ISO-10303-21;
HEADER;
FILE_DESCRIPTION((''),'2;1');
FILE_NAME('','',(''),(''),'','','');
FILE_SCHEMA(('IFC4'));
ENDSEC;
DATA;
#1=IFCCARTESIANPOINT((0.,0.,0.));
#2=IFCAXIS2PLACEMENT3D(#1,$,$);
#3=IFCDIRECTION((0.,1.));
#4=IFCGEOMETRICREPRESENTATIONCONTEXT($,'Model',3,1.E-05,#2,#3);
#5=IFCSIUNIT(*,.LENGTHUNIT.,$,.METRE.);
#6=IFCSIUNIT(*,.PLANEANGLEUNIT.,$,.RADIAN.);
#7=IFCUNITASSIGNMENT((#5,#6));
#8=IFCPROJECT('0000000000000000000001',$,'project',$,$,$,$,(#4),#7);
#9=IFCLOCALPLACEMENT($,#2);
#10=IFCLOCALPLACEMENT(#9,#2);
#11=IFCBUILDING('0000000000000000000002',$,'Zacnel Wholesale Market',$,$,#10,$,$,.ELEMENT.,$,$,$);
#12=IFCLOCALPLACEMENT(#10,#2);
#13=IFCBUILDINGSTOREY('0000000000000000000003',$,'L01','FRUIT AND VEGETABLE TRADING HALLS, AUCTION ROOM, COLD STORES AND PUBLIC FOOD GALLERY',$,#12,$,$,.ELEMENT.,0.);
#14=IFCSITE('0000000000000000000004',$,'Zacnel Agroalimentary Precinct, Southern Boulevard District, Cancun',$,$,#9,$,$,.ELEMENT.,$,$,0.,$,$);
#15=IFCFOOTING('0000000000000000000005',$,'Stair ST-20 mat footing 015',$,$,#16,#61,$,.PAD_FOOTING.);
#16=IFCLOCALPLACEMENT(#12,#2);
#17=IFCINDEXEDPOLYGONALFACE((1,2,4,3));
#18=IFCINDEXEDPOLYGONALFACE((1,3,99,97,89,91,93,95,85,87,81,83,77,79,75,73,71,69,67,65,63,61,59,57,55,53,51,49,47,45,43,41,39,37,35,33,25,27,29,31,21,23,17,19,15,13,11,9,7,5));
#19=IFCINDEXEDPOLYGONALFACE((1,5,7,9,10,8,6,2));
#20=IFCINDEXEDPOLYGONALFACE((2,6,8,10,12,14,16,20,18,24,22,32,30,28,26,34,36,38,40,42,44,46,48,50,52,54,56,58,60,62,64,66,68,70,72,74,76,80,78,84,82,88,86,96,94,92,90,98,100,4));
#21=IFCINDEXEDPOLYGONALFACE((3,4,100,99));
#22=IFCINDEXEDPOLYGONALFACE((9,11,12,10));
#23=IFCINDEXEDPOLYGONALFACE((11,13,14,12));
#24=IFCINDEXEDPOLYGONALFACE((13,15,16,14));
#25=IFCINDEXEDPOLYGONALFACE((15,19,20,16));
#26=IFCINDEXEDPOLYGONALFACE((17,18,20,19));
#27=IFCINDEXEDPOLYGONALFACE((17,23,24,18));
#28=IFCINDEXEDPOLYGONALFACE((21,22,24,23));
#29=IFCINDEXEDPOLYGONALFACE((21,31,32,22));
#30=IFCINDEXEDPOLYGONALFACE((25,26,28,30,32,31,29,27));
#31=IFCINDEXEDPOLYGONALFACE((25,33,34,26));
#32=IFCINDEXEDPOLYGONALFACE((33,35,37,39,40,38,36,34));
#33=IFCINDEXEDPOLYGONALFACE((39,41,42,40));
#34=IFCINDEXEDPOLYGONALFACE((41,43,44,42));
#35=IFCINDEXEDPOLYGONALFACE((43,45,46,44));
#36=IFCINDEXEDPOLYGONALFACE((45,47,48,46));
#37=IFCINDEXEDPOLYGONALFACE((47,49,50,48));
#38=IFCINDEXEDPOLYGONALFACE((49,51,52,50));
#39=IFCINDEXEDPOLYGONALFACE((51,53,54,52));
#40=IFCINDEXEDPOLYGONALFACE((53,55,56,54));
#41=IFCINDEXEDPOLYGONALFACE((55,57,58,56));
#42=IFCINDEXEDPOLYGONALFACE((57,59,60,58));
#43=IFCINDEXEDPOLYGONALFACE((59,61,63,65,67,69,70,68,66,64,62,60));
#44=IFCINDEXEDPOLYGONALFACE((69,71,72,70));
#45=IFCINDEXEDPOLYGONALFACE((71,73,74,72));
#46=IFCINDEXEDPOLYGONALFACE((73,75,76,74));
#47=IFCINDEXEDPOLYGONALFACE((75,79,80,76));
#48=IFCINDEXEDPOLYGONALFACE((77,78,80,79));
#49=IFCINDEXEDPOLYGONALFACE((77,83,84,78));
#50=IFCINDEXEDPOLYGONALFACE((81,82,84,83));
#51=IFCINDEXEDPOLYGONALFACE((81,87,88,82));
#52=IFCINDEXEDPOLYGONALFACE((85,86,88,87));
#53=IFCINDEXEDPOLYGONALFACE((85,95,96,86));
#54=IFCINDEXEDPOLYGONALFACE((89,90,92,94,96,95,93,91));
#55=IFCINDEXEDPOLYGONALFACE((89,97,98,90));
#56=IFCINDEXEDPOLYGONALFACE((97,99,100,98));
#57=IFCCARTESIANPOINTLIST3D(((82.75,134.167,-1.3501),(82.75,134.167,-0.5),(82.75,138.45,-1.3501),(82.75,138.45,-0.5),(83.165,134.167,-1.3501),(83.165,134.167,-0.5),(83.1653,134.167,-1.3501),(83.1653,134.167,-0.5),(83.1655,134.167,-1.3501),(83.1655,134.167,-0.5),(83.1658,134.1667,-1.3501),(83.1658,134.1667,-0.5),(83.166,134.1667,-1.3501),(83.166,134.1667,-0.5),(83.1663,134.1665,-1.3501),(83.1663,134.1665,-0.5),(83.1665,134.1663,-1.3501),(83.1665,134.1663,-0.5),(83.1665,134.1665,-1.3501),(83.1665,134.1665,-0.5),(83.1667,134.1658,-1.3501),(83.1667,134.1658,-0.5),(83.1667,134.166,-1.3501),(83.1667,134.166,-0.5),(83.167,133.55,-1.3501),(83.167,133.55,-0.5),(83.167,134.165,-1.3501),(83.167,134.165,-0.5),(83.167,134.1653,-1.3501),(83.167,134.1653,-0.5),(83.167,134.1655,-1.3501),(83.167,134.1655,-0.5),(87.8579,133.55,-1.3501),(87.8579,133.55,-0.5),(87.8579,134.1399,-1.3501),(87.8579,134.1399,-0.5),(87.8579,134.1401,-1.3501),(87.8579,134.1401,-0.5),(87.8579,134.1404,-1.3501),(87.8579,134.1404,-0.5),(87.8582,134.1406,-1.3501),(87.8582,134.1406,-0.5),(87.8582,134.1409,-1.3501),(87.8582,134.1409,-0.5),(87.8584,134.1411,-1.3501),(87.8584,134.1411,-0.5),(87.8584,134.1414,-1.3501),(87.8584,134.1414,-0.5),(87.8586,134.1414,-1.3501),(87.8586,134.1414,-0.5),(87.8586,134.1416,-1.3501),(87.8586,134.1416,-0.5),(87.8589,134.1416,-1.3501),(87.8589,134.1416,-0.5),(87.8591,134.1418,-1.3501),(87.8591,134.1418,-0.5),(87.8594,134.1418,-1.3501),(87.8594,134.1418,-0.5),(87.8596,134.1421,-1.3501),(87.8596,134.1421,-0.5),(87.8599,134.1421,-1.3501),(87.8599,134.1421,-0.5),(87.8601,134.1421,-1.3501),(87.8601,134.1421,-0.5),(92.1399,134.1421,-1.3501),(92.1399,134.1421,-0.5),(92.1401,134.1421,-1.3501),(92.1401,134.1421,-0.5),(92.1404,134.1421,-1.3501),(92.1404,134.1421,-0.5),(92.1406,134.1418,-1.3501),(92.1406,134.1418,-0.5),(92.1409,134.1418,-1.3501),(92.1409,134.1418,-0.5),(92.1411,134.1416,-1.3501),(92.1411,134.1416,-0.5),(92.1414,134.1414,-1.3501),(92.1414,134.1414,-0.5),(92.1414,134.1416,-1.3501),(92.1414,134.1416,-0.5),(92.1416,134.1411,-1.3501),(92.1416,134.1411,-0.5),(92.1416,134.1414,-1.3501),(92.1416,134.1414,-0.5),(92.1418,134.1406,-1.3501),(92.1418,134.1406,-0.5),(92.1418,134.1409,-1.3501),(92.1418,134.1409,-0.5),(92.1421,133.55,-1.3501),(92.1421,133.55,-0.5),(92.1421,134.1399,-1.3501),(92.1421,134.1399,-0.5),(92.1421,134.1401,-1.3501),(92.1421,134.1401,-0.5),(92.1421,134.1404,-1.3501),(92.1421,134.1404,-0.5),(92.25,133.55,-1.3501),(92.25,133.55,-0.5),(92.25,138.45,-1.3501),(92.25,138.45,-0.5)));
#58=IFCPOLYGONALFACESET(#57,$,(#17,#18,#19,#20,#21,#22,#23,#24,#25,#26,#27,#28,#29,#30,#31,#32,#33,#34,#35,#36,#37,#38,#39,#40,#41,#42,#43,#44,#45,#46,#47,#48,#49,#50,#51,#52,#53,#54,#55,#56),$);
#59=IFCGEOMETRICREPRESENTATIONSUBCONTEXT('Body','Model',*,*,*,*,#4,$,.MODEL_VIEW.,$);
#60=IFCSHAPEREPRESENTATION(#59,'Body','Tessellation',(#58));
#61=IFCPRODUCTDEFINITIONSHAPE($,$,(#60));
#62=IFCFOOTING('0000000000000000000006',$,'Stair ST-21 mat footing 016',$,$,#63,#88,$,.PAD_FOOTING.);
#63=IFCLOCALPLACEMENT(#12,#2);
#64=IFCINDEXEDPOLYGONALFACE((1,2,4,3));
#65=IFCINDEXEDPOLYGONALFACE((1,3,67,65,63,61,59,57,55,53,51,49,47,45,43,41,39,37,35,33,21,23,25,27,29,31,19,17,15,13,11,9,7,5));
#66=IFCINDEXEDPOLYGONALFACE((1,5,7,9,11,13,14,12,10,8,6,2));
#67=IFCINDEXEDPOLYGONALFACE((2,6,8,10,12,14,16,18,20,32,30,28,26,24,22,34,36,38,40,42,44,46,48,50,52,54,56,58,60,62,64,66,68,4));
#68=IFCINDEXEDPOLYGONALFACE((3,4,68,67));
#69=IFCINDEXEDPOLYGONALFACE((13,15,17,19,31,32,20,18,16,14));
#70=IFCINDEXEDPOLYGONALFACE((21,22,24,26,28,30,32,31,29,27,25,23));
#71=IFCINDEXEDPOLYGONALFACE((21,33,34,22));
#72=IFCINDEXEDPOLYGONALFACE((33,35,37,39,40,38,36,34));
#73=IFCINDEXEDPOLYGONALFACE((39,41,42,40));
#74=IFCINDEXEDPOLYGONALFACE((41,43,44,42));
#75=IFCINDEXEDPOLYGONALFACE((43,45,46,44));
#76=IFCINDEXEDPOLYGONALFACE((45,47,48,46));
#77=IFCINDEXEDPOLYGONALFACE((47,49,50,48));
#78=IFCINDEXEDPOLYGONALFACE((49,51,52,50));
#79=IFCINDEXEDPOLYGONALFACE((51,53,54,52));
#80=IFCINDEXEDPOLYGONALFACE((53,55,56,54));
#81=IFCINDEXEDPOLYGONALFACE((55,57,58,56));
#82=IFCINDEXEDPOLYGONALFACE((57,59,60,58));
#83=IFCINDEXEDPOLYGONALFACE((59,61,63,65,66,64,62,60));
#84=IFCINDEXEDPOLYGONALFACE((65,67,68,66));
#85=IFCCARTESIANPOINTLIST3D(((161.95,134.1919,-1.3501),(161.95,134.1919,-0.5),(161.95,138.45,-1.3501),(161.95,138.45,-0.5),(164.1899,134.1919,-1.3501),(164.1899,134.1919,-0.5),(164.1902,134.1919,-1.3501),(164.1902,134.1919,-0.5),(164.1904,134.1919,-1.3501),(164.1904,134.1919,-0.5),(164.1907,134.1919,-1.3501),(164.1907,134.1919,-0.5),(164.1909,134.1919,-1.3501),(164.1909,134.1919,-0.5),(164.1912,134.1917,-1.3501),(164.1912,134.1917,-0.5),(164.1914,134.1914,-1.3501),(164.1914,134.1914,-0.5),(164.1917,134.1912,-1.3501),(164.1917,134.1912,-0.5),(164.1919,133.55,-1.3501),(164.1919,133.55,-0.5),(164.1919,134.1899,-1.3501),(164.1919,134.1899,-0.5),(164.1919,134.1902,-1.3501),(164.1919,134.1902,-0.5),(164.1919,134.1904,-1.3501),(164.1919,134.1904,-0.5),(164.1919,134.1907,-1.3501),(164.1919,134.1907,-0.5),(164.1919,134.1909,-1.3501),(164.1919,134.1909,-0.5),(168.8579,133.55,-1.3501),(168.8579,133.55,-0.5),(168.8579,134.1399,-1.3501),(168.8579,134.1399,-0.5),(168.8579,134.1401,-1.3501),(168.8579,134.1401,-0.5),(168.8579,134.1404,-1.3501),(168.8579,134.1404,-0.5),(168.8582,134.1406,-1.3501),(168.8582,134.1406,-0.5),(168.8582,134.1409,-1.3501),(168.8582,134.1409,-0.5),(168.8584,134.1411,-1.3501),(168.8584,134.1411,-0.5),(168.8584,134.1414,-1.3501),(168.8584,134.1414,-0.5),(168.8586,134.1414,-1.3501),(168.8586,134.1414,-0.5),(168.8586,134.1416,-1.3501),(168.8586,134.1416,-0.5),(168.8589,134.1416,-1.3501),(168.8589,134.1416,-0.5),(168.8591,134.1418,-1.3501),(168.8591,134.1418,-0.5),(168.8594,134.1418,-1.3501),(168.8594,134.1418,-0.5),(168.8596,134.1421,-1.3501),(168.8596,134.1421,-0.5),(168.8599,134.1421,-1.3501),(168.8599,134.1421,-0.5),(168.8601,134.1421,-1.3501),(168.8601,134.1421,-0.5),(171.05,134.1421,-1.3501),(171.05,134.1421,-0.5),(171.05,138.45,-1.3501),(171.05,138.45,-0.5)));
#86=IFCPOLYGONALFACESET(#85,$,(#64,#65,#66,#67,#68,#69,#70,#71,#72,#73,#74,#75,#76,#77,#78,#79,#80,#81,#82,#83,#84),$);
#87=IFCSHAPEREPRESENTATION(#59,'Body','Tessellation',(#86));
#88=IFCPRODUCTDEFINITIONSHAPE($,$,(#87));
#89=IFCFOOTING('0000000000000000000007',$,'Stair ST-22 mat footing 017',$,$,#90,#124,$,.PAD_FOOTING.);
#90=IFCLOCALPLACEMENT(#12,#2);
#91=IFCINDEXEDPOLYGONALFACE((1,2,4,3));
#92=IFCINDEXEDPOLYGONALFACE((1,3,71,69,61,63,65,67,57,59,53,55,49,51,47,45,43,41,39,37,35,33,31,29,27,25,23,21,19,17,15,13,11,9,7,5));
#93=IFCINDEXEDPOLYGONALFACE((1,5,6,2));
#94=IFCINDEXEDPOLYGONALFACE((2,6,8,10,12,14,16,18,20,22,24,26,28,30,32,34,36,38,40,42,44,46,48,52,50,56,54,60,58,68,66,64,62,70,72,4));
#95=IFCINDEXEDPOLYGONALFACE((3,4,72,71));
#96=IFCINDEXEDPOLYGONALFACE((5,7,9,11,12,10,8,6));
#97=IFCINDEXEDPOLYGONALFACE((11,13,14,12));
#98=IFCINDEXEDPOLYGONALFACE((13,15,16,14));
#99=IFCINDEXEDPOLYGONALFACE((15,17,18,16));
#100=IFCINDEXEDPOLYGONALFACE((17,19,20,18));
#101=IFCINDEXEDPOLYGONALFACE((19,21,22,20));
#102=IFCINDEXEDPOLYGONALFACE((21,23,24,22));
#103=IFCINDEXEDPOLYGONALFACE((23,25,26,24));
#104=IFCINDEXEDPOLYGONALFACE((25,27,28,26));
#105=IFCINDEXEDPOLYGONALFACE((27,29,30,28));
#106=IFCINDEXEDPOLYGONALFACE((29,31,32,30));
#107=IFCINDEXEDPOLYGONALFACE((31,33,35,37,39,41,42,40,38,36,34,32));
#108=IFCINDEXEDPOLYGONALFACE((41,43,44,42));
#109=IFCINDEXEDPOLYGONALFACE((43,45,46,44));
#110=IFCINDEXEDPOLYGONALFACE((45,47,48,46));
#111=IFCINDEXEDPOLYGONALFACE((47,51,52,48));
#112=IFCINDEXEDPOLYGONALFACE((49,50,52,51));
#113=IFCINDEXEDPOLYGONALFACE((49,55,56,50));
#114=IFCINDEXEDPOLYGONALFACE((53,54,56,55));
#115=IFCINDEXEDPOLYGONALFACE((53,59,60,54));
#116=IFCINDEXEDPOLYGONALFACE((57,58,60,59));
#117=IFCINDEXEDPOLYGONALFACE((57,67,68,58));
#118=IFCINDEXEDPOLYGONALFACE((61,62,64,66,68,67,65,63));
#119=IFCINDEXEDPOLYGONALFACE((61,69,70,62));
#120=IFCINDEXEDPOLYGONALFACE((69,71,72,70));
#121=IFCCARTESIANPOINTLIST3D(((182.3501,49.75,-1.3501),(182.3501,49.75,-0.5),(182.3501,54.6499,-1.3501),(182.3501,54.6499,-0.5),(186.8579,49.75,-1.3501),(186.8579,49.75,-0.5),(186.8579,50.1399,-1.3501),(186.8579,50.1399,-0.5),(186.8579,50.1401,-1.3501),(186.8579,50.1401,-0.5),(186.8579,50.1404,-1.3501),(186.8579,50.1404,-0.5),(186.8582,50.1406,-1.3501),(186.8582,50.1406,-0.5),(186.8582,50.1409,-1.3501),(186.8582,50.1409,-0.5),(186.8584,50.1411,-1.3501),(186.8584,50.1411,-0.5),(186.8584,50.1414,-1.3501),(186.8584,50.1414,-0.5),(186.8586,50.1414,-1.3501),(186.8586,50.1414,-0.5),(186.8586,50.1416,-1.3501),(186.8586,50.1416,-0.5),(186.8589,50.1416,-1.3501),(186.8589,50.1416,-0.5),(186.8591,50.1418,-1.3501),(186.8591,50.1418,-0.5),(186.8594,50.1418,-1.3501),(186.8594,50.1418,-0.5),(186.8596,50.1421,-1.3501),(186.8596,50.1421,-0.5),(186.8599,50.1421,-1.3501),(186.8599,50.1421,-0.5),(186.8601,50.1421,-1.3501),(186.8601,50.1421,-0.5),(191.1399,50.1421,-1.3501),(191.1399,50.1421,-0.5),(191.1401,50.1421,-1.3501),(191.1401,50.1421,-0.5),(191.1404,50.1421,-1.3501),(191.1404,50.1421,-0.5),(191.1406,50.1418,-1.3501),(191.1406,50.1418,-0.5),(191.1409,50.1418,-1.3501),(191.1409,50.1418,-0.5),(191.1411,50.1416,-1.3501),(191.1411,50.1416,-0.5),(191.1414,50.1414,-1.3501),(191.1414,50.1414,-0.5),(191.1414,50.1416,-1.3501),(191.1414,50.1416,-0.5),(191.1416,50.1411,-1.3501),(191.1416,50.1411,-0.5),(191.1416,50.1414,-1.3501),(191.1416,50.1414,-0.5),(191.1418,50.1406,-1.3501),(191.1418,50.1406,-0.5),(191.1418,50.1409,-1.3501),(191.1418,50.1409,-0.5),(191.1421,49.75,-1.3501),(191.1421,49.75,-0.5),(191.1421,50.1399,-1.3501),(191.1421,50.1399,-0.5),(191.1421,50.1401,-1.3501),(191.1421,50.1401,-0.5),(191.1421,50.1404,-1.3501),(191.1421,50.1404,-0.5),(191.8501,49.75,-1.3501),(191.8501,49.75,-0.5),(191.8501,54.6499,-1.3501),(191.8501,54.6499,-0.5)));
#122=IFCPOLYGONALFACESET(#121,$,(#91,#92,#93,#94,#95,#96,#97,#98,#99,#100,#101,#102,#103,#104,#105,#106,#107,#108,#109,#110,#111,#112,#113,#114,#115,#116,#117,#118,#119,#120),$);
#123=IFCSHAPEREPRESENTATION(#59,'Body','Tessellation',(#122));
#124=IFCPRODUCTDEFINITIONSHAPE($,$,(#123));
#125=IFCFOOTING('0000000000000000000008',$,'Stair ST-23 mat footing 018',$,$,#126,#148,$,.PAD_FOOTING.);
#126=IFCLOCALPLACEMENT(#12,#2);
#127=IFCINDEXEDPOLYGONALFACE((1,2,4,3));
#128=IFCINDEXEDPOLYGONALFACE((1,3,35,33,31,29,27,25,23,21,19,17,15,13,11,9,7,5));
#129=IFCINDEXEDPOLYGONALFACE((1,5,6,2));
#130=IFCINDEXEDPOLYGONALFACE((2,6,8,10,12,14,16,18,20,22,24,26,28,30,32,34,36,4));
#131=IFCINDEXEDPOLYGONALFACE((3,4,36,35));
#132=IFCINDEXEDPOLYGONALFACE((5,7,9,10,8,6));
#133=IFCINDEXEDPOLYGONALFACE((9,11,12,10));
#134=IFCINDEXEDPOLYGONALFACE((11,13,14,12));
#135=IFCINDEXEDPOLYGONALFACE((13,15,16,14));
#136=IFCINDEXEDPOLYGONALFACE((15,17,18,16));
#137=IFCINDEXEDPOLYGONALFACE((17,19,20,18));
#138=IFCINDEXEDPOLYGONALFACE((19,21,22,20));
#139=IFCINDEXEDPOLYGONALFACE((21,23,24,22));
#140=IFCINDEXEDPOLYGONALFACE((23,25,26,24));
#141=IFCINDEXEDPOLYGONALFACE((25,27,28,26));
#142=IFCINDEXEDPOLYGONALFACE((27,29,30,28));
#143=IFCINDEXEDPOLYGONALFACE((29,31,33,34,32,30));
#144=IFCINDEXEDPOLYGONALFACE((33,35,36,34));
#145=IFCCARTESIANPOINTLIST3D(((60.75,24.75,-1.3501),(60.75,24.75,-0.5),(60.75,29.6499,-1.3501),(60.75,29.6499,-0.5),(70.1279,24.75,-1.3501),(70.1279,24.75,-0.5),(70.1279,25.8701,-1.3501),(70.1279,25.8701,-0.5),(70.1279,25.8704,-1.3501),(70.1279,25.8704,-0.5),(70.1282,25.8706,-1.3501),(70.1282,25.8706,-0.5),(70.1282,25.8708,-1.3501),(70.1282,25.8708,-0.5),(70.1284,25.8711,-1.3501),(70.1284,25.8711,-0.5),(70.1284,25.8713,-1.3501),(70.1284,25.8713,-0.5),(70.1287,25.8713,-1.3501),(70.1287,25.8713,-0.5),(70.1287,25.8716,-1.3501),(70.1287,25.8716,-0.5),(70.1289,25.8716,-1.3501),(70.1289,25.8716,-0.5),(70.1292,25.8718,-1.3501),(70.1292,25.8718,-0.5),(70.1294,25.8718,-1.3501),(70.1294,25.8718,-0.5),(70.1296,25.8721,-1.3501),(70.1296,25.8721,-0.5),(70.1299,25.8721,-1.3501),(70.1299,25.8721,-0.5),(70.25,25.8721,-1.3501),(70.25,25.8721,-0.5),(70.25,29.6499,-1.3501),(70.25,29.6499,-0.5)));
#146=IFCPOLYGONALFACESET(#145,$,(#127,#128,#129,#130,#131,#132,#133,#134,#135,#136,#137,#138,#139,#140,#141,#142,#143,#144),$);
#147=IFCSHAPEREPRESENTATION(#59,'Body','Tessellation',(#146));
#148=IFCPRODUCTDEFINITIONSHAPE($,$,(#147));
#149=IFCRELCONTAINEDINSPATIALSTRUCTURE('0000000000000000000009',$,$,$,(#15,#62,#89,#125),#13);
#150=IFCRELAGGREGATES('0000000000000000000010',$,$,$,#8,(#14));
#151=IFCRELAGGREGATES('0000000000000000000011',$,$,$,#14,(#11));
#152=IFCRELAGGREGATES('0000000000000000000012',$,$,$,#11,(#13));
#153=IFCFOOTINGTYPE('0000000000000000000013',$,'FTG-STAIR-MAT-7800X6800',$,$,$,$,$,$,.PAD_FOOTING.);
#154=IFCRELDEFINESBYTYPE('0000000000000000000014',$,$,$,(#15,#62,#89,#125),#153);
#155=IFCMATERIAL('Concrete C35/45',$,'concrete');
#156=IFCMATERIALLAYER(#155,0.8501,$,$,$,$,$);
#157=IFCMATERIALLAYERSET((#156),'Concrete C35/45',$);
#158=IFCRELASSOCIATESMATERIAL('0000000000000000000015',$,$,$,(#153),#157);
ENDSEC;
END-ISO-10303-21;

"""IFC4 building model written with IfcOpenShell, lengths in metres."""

from ifc_helpers import new_model, si_unit, direction, frame, origin, place, context, subcontext, project, spatial, polyline, outline, extrude, material, layer, layer_set, type_object, element, save


model = new_model("IFC4")

# Units and contexts
model_context = context("Model", 3, precision=1e-05, world=origin(), true_north=direction((0.0, 1.0)))
body_context = subcontext(model_context, "Body", "Model", "MODEL_VIEW")
ifc_project = project(units=[si_unit("LENGTHUNIT", "METRE"), si_unit("PLANEANGLEUNIT", "RADIAN")], contexts=[model_context])

# Site, building, storey
site_placement = place(None, origin())
site = spatial("IfcSite", under=ifc_project, at=site_placement, Name="Zacnel Agroalimentary Precinct, Southern Boulevard District, Cancun", CompositionType="ELEMENT", RefElevation=0.0)
building_placement = place(site_placement, origin())
building = spatial("IfcBuilding", under=site, at=building_placement, Name="Zacnel Wholesale Market", CompositionType="ELEMENT")
storey_placement = place(building_placement, origin())
storey = spatial("IfcBuildingStorey", under=building, at=storey_placement, Name="L01", Description="FRUIT AND VEGETABLE TRADING HALLS, AUCTION ROOM, COLD STORES AND PUBLIC FOOD GALLERY", CompositionType="ELEMENT", Elevation=0.0)

# Footings
ifc_material_1 = material(Name="Concrete C35/45", Category="concrete")
ifc_layer_1 = layer(ifc_material_1, 0.8501)
ifc_layer_set_1 = layer_set([ifc_layer_1], Name="Concrete C35/45")
footing_type_1 = type_object("IfcFootingType", Name="FTG-STAIR-MAT-7800X6800", PredefinedType="PAD_FOOTING", material=ifc_layer_set_1)
footing_1_placement = place(storey_placement, frame((0.0, 0.0, -1.3501)))
element("IfcFooting", 1, at=footing_1_placement, inside=storey, type_object=footing_type_1, Name="Stair ST-20 mat footing 015", PredefinedType="PAD_FOOTING", context=body_context, shape_type="SweptSolid", body=[
    extrude(outline(polyline([(92.25, 138.45), (92.25, 133.55), (92.1421, 133.55), (92.1421, 134.1399), (92.1421, 134.1401), (92.1421, 134.1404), (92.1418, 134.1406), (92.1418, 134.1409), (92.1418, 134.1409), (92.1416, 134.1411), (92.1416, 134.1414), (92.1414, 134.1414), (92.1414, 134.1416), (92.1411, 134.1416), (92.1409, 134.1418), (92.1409, 134.1418), (92.1406, 134.1418), (92.1404, 134.1421), (92.1401, 134.1421), (92.1399, 134.1421), (87.8601, 134.1421), (87.8599, 134.1421), (87.8596, 134.1421), (87.8594, 134.1418), (87.8591, 134.1418), (87.8591, 134.1418), (87.8589, 134.1416), (87.8586, 134.1416), (87.8586, 134.1414), (87.8584, 134.1414), (87.8584, 134.1411), (87.8582, 134.1409), (87.8582, 134.1409), (87.8582, 134.1406), (87.8579, 134.1404), (87.8579, 134.1401), (87.8579, 134.1399), (87.8579, 133.55), (83.167, 133.55), (83.167, 134.165), (83.167, 134.1653), (83.167, 134.1653), (83.167, 134.1655), (83.1667, 134.1658), (83.1667, 134.166), (83.1667, 134.166), (83.1665, 134.1663), (83.1665, 134.1665), (83.1663, 134.1665), (83.166, 134.1667), (83.166, 134.1667), (83.1658, 134.1667), (83.1655, 134.167), (83.1653, 134.167), (83.1653, 134.167), (83.165, 134.167), (82.75, 134.167), (82.75, 138.45), (92.25, 138.45)])), origin(), (0.0, 0.0, 1.0), 0.8501),
])
footing_2_placement = place(storey_placement, frame((0.0, 0.0, -1.3501)))
element("IfcFooting", 2, at=footing_2_placement, inside=storey, type_object=footing_type_1, Name="Stair ST-21 mat footing 016", PredefinedType="PAD_FOOTING", context=body_context, shape_type="SweptSolid", body=[
    extrude(outline(polyline([(171.05, 138.45), (171.05, 134.1421), (168.8601, 134.1421), (168.8599, 134.1421), (168.8596, 134.1421), (168.8594, 134.1418), (168.8591, 134.1418), (168.8591, 134.1418), (168.8589, 134.1416), (168.8586, 134.1416), (168.8586, 134.1414), (168.8584, 134.1414), (168.8584, 134.1411), (168.8582, 134.1409), (168.8582, 134.1409), (168.8582, 134.1406), (168.8579, 134.1404), (168.8579, 134.1401), (168.8579, 134.1399), (168.8579, 133.55), (164.1919, 133.55), (164.1919, 134.1899), (164.1919, 134.1902), (164.1919, 134.1904), (164.1919, 134.1907), (164.1919, 134.1909), (164.1919, 134.1909), (164.1917, 134.1912), (164.1914, 134.1914), (164.1914, 134.1914), (164.1914, 134.1914), (164.1912, 134.1917), (164.1909, 134.1919), (164.1909, 134.1919), (164.1907, 134.1919), (164.1904, 134.1919), (164.1902, 134.1919), (164.1899, 134.1919), (161.95, 134.1919), (161.95, 138.45), (171.05, 138.45)])), origin(), (0.0, 0.0, 1.0), 0.8501),
])
footing_3_placement = place(storey_placement, frame((0.0, 0.0, -1.3501)))
element("IfcFooting", 3, at=footing_3_placement, inside=storey, type_object=footing_type_1, Name="Stair ST-22 mat footing 017", PredefinedType="PAD_FOOTING", context=body_context, shape_type="SweptSolid", body=[
    extrude(outline(polyline([(182.3501, 49.75), (182.3501, 54.6499), (191.8501, 54.6499), (191.8501, 49.75), (191.1421, 49.75), (191.1421, 50.1399), (191.1421, 50.1401), (191.1421, 50.1404), (191.1418, 50.1406), (191.1418, 50.1409), (191.1418, 50.1409), (191.1416, 50.1411), (191.1416, 50.1414), (191.1414, 50.1414), (191.1414, 50.1416), (191.1411, 50.1416), (191.1409, 50.1418), (191.1409, 50.1418), (191.1406, 50.1418), (191.1404, 50.1421), (191.1401, 50.1421), (191.1399, 50.1421), (186.8601, 50.1421), (186.8599, 50.1421), (186.8596, 50.1421), (186.8594, 50.1418), (186.8591, 50.1418), (186.8591, 50.1418), (186.8589, 50.1416), (186.8586, 50.1416), (186.8586, 50.1414), (186.8584, 50.1414), (186.8584, 50.1411), (186.8582, 50.1409), (186.8582, 50.1409), (186.8582, 50.1406), (186.8579, 50.1404), (186.8579, 50.1401), (186.8579, 50.1399), (186.8579, 49.75), (182.3501, 49.75)])), origin(), (0.0, 0.0, 1.0), 0.8501),
])
footing_4_placement = place(storey_placement, frame((0.0, 0.0, -1.3501)))
element("IfcFooting", 4, at=footing_4_placement, inside=storey, type_object=footing_type_1, Name="Stair ST-23 mat footing 018", PredefinedType="PAD_FOOTING", context=body_context, shape_type="SweptSolid", body=[
    extrude(outline(polyline([(60.75, 24.75), (60.75, 29.6499), (70.25, 29.6499), (70.25, 25.8721), (70.1299, 25.8721), (70.1299, 25.8721), (70.1296, 25.8721), (70.1294, 25.8718), (70.1292, 25.8718), (70.1292, 25.8718), (70.1289, 25.8716), (70.1287, 25.8716), (70.1287, 25.8713), (70.1284, 25.8713), (70.1284, 25.8711), (70.1282, 25.8708), (70.1282, 25.8708), (70.1282, 25.8706), (70.1279, 25.8704), (70.1279, 25.8701), (70.1279, 25.8701), (70.1279, 24.75), (60.75, 24.75)])), origin(), (0.0, 0.0, 1.0), 0.8501),
])

save(model, "model.ifc")
